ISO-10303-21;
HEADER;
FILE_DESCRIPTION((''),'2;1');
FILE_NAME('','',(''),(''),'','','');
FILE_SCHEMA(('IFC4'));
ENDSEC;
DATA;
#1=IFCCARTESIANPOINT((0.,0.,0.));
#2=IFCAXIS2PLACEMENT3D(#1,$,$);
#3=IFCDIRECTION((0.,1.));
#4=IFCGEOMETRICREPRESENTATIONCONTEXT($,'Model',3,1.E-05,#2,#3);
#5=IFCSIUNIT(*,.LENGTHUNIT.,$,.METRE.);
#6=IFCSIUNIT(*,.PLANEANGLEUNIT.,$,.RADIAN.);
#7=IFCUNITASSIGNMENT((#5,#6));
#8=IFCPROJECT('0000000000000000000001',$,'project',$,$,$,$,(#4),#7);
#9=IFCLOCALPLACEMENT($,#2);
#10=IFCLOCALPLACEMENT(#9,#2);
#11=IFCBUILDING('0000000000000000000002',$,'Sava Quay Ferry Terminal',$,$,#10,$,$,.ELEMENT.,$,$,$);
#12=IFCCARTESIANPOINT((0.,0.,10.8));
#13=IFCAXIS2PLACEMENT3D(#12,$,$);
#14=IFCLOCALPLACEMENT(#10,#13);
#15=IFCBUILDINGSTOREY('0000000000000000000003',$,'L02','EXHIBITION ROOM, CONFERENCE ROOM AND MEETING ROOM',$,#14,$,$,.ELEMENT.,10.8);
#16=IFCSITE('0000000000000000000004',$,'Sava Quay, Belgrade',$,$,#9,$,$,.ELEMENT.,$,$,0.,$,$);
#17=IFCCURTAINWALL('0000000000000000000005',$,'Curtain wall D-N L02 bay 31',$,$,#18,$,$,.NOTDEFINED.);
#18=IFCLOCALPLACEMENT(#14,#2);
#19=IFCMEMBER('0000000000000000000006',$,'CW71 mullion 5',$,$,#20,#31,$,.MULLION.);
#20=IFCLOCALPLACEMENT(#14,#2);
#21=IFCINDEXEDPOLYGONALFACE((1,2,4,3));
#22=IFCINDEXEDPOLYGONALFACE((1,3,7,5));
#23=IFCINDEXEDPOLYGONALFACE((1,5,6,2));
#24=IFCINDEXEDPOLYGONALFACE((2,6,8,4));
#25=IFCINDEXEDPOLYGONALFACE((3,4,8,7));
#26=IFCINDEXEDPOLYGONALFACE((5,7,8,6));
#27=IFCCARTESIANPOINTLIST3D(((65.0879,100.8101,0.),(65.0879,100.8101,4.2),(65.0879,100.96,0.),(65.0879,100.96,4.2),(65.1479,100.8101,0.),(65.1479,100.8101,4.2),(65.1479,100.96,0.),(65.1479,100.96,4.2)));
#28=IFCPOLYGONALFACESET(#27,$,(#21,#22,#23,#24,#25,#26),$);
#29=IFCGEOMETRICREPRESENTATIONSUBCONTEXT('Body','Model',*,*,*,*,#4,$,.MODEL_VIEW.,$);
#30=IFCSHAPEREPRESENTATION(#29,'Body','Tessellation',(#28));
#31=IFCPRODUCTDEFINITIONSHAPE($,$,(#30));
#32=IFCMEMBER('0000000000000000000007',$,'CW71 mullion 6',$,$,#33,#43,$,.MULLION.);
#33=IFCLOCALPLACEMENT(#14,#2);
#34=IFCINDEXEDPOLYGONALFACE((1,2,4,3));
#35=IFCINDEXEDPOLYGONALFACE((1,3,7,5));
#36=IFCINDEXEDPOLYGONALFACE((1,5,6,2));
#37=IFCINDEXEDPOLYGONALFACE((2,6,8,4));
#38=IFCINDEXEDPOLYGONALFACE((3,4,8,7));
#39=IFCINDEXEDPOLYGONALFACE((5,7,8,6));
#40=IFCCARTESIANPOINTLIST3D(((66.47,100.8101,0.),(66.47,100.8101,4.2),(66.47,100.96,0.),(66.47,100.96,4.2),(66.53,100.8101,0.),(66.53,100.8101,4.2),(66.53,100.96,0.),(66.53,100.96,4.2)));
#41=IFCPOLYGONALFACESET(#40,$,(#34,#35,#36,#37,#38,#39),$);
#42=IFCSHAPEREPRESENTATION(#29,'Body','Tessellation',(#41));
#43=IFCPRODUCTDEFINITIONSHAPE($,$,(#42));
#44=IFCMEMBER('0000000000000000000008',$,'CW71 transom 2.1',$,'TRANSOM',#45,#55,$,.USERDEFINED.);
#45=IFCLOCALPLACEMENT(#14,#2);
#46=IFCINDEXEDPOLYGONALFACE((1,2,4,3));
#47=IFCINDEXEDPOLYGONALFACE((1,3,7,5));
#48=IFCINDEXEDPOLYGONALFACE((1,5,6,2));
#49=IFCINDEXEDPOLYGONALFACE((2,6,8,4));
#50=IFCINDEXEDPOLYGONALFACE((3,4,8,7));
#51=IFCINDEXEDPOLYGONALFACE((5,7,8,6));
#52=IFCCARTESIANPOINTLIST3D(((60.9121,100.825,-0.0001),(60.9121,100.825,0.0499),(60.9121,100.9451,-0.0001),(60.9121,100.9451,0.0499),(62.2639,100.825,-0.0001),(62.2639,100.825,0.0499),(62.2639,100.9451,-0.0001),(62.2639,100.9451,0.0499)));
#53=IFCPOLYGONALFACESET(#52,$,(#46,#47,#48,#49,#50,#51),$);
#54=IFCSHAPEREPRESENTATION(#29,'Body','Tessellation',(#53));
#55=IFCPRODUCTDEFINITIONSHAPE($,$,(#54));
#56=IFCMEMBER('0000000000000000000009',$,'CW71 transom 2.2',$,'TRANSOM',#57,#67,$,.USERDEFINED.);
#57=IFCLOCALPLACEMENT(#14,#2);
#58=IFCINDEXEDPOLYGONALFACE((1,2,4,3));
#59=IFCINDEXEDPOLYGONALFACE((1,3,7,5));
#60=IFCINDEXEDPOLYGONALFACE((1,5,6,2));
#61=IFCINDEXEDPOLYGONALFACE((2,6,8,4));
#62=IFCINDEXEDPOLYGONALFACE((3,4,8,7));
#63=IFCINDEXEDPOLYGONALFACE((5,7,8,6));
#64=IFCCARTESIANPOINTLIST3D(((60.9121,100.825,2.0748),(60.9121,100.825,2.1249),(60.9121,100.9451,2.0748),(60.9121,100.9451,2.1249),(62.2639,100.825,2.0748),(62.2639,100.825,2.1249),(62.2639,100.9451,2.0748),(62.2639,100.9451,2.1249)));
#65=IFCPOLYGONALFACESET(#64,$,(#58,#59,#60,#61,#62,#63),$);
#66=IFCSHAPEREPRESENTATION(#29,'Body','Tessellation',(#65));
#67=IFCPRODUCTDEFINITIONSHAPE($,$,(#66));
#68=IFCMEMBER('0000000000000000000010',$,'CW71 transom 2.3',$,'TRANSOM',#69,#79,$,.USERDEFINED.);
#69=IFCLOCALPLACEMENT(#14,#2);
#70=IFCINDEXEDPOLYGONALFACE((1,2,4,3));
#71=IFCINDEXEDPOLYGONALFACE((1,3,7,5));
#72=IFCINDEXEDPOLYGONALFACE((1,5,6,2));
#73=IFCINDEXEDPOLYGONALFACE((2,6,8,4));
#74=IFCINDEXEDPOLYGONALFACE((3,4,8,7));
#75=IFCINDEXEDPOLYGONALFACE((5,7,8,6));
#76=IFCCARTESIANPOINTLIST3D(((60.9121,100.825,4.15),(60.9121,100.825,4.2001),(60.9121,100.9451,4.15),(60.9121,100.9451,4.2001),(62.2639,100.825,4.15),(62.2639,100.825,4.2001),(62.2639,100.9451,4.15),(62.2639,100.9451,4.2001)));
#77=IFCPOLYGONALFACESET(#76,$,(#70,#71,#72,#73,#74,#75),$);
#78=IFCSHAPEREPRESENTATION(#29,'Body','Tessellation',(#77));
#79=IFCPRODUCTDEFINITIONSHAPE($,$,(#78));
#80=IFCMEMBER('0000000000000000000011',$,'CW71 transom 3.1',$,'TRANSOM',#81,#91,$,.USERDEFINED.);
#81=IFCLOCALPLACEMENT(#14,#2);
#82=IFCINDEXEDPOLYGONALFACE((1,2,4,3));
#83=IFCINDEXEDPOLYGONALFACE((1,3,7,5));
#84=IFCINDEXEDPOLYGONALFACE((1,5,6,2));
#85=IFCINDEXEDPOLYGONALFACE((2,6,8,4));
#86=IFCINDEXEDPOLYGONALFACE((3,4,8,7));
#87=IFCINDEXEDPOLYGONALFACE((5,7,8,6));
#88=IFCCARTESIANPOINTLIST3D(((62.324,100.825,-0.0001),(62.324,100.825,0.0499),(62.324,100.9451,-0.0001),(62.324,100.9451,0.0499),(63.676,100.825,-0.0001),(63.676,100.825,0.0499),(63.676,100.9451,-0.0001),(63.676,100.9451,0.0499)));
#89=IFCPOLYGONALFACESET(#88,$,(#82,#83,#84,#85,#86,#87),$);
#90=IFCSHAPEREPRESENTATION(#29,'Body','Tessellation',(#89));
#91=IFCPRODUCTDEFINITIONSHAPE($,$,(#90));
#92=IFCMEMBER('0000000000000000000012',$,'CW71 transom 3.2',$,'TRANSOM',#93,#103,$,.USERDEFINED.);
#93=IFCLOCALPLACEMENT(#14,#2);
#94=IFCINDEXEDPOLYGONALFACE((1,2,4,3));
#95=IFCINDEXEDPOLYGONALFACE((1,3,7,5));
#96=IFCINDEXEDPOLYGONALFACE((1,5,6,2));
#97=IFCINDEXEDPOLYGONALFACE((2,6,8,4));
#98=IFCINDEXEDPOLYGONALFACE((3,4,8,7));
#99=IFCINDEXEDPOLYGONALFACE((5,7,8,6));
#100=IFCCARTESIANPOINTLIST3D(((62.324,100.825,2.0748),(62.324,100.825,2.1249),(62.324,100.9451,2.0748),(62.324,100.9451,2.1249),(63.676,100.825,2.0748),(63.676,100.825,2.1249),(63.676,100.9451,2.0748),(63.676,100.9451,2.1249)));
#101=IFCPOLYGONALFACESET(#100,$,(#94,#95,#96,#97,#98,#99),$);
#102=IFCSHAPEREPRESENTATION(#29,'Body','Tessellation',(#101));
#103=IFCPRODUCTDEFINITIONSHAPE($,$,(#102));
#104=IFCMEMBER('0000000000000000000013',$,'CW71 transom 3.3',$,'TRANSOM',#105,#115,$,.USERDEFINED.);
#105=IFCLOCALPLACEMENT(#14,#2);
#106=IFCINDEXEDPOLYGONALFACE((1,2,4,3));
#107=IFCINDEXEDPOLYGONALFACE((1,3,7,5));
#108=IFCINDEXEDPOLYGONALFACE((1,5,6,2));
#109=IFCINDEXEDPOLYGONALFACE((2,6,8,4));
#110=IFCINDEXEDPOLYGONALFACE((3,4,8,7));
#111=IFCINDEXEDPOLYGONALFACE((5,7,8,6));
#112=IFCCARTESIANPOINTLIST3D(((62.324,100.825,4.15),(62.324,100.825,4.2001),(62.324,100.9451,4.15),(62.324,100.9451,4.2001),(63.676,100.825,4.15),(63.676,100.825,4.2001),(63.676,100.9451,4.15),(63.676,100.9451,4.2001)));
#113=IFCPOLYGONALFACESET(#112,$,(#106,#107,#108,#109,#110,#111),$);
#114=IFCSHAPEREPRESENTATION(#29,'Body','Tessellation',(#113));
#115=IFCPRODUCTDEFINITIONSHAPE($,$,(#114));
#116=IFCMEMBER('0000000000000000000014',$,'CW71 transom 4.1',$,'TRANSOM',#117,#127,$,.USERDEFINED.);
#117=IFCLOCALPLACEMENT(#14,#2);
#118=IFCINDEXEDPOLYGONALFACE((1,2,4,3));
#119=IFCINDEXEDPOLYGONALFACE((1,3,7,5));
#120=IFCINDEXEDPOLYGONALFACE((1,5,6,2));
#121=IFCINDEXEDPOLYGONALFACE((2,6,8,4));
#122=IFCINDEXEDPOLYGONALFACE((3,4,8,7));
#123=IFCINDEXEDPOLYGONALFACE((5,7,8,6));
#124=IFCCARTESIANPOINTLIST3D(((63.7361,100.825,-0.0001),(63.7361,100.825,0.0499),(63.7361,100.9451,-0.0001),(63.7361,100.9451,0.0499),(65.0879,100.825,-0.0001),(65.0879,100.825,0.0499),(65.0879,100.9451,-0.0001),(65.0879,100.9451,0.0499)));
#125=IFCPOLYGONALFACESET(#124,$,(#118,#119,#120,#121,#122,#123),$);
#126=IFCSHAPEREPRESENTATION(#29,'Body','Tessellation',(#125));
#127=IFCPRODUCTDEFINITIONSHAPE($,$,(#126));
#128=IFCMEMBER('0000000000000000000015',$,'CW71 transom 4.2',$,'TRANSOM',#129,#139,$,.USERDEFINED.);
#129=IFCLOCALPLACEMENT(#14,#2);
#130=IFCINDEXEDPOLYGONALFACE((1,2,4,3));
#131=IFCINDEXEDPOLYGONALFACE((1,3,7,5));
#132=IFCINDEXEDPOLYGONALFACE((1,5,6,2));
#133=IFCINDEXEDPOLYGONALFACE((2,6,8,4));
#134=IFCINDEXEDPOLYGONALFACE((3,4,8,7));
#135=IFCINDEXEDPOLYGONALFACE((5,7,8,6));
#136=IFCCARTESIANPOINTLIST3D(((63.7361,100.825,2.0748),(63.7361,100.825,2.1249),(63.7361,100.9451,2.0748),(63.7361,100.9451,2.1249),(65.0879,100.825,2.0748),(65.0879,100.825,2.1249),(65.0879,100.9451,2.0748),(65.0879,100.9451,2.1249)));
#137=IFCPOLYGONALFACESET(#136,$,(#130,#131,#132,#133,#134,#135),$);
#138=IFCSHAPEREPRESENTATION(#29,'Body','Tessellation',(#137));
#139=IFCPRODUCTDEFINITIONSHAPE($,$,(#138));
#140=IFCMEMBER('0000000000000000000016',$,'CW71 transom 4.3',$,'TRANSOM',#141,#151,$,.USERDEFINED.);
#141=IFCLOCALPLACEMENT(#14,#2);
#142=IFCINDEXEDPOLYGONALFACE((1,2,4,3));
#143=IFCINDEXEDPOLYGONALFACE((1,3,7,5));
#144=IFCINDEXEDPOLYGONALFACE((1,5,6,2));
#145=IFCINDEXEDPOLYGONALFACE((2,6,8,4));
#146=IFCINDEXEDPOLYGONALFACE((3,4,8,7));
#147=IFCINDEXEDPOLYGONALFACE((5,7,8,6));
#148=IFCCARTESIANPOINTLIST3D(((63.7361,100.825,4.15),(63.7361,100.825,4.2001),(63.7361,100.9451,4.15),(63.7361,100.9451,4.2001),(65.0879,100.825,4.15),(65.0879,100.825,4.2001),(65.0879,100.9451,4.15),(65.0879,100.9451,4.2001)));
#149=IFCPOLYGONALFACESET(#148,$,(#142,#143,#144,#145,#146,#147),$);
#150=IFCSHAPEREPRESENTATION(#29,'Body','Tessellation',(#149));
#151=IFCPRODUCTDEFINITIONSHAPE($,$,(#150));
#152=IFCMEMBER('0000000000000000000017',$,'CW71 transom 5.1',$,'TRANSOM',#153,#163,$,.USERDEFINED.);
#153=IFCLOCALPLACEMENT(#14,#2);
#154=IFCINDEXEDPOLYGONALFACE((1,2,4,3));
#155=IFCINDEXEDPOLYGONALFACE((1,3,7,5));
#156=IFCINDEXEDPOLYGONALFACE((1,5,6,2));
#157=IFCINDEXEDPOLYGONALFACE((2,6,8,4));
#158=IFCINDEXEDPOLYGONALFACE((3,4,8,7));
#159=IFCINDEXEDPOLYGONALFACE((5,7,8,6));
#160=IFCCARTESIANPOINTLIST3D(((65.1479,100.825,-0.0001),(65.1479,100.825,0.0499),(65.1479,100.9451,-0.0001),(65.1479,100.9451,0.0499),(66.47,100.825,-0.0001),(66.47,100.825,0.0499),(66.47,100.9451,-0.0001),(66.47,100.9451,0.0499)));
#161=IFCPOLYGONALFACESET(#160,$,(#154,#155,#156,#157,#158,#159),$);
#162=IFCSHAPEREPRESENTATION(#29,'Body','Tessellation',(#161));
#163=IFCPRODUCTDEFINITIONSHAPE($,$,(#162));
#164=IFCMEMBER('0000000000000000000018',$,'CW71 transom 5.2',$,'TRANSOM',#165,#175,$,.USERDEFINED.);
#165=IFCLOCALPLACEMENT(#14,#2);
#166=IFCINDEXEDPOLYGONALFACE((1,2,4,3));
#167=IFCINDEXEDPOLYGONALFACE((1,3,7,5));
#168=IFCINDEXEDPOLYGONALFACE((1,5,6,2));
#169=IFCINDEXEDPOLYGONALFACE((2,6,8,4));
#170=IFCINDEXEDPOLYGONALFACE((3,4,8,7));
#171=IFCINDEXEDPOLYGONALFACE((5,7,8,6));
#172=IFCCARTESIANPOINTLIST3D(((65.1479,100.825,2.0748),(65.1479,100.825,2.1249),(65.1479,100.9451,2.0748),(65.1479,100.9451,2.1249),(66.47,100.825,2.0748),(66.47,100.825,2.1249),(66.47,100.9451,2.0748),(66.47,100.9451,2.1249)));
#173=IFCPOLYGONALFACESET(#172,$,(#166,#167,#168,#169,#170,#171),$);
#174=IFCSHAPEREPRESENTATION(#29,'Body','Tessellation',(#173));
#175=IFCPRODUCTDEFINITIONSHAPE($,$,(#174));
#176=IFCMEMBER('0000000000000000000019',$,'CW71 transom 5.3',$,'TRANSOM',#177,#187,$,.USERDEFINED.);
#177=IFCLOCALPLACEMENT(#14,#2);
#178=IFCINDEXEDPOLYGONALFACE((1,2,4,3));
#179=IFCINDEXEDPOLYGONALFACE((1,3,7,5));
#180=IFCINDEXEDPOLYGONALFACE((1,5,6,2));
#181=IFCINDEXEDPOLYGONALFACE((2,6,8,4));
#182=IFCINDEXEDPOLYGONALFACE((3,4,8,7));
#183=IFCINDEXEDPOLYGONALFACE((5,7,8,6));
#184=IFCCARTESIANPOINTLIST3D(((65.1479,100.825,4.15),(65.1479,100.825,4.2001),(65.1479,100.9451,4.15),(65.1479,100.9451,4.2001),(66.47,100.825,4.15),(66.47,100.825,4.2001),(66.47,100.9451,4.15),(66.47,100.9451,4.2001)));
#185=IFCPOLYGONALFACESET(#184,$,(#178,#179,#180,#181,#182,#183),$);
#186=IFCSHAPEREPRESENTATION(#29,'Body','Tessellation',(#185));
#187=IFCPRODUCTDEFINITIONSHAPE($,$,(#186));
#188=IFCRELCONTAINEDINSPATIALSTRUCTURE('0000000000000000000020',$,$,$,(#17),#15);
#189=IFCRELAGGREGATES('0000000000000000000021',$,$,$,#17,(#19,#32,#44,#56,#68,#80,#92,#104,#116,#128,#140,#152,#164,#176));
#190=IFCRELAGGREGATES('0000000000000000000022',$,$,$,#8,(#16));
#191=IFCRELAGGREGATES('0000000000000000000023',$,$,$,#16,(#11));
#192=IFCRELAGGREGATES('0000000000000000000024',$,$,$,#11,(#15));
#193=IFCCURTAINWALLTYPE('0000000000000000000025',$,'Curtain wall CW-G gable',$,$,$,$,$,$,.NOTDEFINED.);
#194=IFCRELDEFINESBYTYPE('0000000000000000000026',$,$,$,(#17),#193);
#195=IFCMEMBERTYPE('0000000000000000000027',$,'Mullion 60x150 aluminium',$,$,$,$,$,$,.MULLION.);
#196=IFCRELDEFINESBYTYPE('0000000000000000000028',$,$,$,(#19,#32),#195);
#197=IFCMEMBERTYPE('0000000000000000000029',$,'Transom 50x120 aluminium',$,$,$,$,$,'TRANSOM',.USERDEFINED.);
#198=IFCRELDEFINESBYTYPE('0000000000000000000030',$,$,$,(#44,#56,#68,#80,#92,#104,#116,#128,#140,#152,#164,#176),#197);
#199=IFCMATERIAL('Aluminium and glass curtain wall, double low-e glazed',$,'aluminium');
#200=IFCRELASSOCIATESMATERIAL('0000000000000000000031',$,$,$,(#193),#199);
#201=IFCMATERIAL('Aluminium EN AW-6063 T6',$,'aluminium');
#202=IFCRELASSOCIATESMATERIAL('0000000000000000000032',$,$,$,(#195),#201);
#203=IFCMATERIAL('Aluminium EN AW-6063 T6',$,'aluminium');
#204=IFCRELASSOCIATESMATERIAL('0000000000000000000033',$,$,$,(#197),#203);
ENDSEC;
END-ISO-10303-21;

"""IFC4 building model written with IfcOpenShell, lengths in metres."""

from ifc_helpers import new_model, si_unit, direction, frame, origin, origin_2d, place, context, subcontext, project, spatial, rectangle, extrude, material, material_profile, profile_set, type_object, element, aggregate, save


model = new_model("IFC4")

# Units and contexts
model_context = context("Model", 3, precision=1e-05, world=origin(), true_north=direction((0.0, 1.0)))
body_context = subcontext(model_context, "Body", "Model", "MODEL_VIEW")
ifc_project = project(units=[si_unit("LENGTHUNIT", "METRE"), si_unit("PLANEANGLEUNIT", "RADIAN")], contexts=[model_context])

# Site, building, storey
site_placement = place(None, origin())
site = spatial("IfcSite", under=ifc_project, at=site_placement, Name="Sava Quay, Belgrade", CompositionType="ELEMENT", RefElevation=0.0)
building_placement = place(site_placement, origin())
building = spatial("IfcBuilding", under=site, at=building_placement, Name="Sava Quay Ferry Terminal", CompositionType="ELEMENT")
storey_placement = place(building_placement, frame((0.0, 0.0, 10.8)))
storey = spatial("IfcBuildingStorey", under=building, at=storey_placement, Name="L02", Description="EXHIBITION ROOM, CONFERENCE ROOM AND MEETING ROOM", CompositionType="ELEMENT", Elevation=10.8)

# Curtain wall, members
ifc_material_1 = material(Name="Aluminium and glass curtain wall, double low-e glazed", Category="aluminium")
curtain_wall_type = type_object("IfcCurtainWallType", Name="Curtain wall CW-G gable", PredefinedType="NOTDEFINED", material=ifc_material_1)
curtain_wall_placement = place(storey_placement, origin())
curtain_wall = element("IfcCurtainWall", 1, at=curtain_wall_placement, inside=storey, type_object=curtain_wall_type, Name="Curtain wall D-N L02 bay 31", PredefinedType="NOTDEFINED")
ifc_material_2 = material(Name="Aluminium EN AW-6063 T6", Category="aluminium")
ifc_material_profile_1 = material_profile(ifc_material_2, rectangle(XDim=0.1499, YDim=0.0601, at=origin_2d()), Name="Mullion 60x150 aluminium")
ifc_profile_set_1 = profile_set([ifc_material_profile_1], Name="Aluminium EN AW-6063 T6")
member_type_1 = type_object("IfcMemberType", Name="Mullion 60x150 aluminium", PredefinedType="MULLION", material=ifc_profile_set_1)
member_1_placement = place(storey_placement, frame((65.1179, 100.885, 0.0), z_axis=(0.0, 0.0, 1.0), x_axis=(0.0, 1.0, 0.0)))
member_1 = element("IfcMember", 2, at=member_1_placement, type_object=member_type_1, Name="CW71 mullion 5", PredefinedType="MULLION", context=body_context, shape_type="SweptSolid", body=[
    extrude(rectangle(XDim=0.1499, YDim=0.0601, at=origin_2d()), origin(), (0.0, 0.0, 1.0), 4.2),
])
member_2_placement = place(storey_placement, frame((66.5, 100.885, 0.0), z_axis=(0.0, 0.0, 1.0), x_axis=(0.0, 1.0, 0.0)))
member_2 = element("IfcMember", 3, at=member_2_placement, type_object=member_type_1, Name="CW71 mullion 6", PredefinedType="MULLION", context=body_context, shape_type="SweptSolid", body=[
    extrude(rectangle(XDim=0.1499, YDim=0.0601, at=origin_2d()), origin(), (0.0, 0.0, 1.0), 4.2),
])
ifc_material_3 = material(Name="Aluminium EN AW-6063 T6", Category="aluminium")
ifc_material_profile_2 = material_profile(ifc_material_3, rectangle(XDim=0.1201, YDim=0.05, at=origin_2d()), Name="Transom 50x120 aluminium")
ifc_profile_set_2 = profile_set([ifc_material_profile_2], Name="Aluminium EN AW-6063 T6")
member_type_2 = type_object("IfcMemberType", Name="Transom 50x120 aluminium", ElementType="TRANSOM", PredefinedType="USERDEFINED", material=ifc_profile_set_2)
member_3_placement = place(storey_placement, frame((60.9121, 100.885, 0.0249), z_axis=(1.0, 0.0, 0.0), x_axis=(0.0, 1.0, 0.0)))
member_3 = element("IfcMember", 4, at=member_3_placement, type_object=member_type_2, Name="CW71 transom 2.1", ObjectType="TRANSOM", PredefinedType="USERDEFINED", context=body_context, shape_type="SweptSolid", body=[
    extrude(rectangle(XDim=0.1201, YDim=0.05, at=origin_2d()), origin(), (0.0, 0.0, 1.0), 1.3518),
])
member_4_placement = place(storey_placement, frame((60.9121, 100.885, 2.0999), z_axis=(1.0, 0.0, 0.0), x_axis=(0.0, 1.0, 0.0)))
member_4 = element("IfcMember", 5, at=member_4_placement, type_object=member_type_2, Name="CW71 transom 2.2", ObjectType="TRANSOM", PredefinedType="USERDEFINED", context=body_context, shape_type="SweptSolid", body=[
    extrude(rectangle(XDim=0.1201, YDim=0.05, at=origin_2d()), origin(), (0.0, 0.0, 1.0), 1.3518),
])
member_5_placement = place(storey_placement, frame((60.9121, 100.885, 4.175), z_axis=(1.0, 0.0, 0.0), x_axis=(0.0, 1.0, 0.0)))
member_5 = element("IfcMember", 6, at=member_5_placement, type_object=member_type_2, Name="CW71 transom 2.3", ObjectType="TRANSOM", PredefinedType="USERDEFINED", context=body_context, shape_type="SweptSolid", body=[
    extrude(rectangle(XDim=0.1201, YDim=0.05, at=origin_2d()), origin(), (0.0, 0.0, 1.0), 1.3518),
])
member_6_placement = place(storey_placement, frame((62.324, 100.885, 0.0249), z_axis=(1.0, 0.0, 0.0), x_axis=(0.0, 1.0, 0.0)))
member_6 = element("IfcMember", 7, at=member_6_placement, type_object=member_type_2, Name="CW71 transom 3.1", ObjectType="TRANSOM", PredefinedType="USERDEFINED", context=body_context, shape_type="SweptSolid", body=[
    extrude(rectangle(XDim=0.1201, YDim=0.05, at=origin_2d()), origin(), (0.0, 0.0, 1.0), 1.3521),
])
member_7_placement = place(storey_placement, frame((62.324, 100.885, 2.0999), z_axis=(1.0, 0.0, 0.0), x_axis=(0.0, 1.0, 0.0)))
member_7 = element("IfcMember", 8, at=member_7_placement, type_object=member_type_2, Name="CW71 transom 3.2", ObjectType="TRANSOM", PredefinedType="USERDEFINED", context=body_context, shape_type="SweptSolid", body=[
    extrude(rectangle(XDim=0.1201, YDim=0.05, at=origin_2d()), origin(), (0.0, 0.0, 1.0), 1.3521),
])
member_8_placement = place(storey_placement, frame((62.324, 100.885, 4.175), z_axis=(1.0, 0.0, 0.0), x_axis=(0.0, 1.0, 0.0)))
member_8 = element("IfcMember", 9, at=member_8_placement, type_object=member_type_2, Name="CW71 transom 3.3", ObjectType="TRANSOM", PredefinedType="USERDEFINED", context=body_context, shape_type="SweptSolid", body=[
    extrude(rectangle(XDim=0.1201, YDim=0.05, at=origin_2d()), origin(), (0.0, 0.0, 1.0), 1.3521),
])
member_9_placement = place(storey_placement, frame((63.7361, 100.885, 0.0249), z_axis=(1.0, 0.0, 0.0), x_axis=(0.0, 1.0, 0.0)))
member_9 = element("IfcMember", 10, at=member_9_placement, type_object=member_type_2, Name="CW71 transom 4.1", ObjectType="TRANSOM", PredefinedType="USERDEFINED", context=body_context, shape_type="SweptSolid", body=[
    extrude(rectangle(XDim=0.1201, YDim=0.05, at=origin_2d()), origin(), (0.0, 0.0, 1.0), 1.3518),
])
member_10_placement = place(storey_placement, frame((63.7361, 100.885, 2.0999), z_axis=(1.0, 0.0, 0.0), x_axis=(0.0, 1.0, 0.0)))
member_10 = element("IfcMember", 11, at=member_10_placement, type_object=member_type_2, Name="CW71 transom 4.2", ObjectType="TRANSOM", PredefinedType="USERDEFINED", context=body_context, shape_type="SweptSolid", body=[
    extrude(rectangle(XDim=0.1201, YDim=0.05, at=origin_2d()), origin(), (0.0, 0.0, 1.0), 1.3518),
])
member_11_placement = place(storey_placement, frame((63.7361, 100.885, 4.175), z_axis=(1.0, 0.0, 0.0), x_axis=(0.0, 1.0, 0.0)))
member_11 = element("IfcMember", 12, at=member_11_placement, type_object=member_type_2, Name="CW71 transom 4.3", ObjectType="TRANSOM", PredefinedType="USERDEFINED", context=body_context, shape_type="SweptSolid", body=[
    extrude(rectangle(XDim=0.1201, YDim=0.05, at=origin_2d()), origin(), (0.0, 0.0, 1.0), 1.3518),
])
member_12_placement = place(storey_placement, frame((65.1479, 100.885, 0.0249), z_axis=(1.0, 0.0, 0.0), x_axis=(0.0, 1.0, 0.0)))
member_12 = element("IfcMember", 13, at=member_12_placement, type_object=member_type_2, Name="CW71 transom 5.1", ObjectType="TRANSOM", PredefinedType="USERDEFINED", context=body_context, shape_type="SweptSolid", body=[
    extrude(rectangle(XDim=0.1201, YDim=0.05, at=origin_2d()), origin(), (0.0, 0.0, 1.0), 1.322),
])
member_13_placement = place(storey_placement, frame((65.1479, 100.885, 2.0999), z_axis=(1.0, 0.0, 0.0), x_axis=(0.0, 1.0, 0.0)))
member_13 = element("IfcMember", 14, at=member_13_placement, type_object=member_type_2, Name="CW71 transom 5.2", ObjectType="TRANSOM", PredefinedType="USERDEFINED", context=body_context, shape_type="SweptSolid", body=[
    extrude(rectangle(XDim=0.1201, YDim=0.05, at=origin_2d()), origin(), (0.0, 0.0, 1.0), 1.322),
])
member_14_placement = place(storey_placement, frame((65.1479, 100.885, 4.175), z_axis=(1.0, 0.0, 0.0), x_axis=(0.0, 1.0, 0.0)))
member_14 = element("IfcMember", 15, at=member_14_placement, type_object=member_type_2, Name="CW71 transom 5.3", ObjectType="TRANSOM", PredefinedType="USERDEFINED", context=body_context, shape_type="SweptSolid", body=[
    extrude(rectangle(XDim=0.1201, YDim=0.05, at=origin_2d()), origin(), (0.0, 0.0, 1.0), 1.322),
])
aggregate(curtain_wall, [member_1, member_2, member_3, member_4, member_5, member_6, member_7, member_8, member_9, member_10, member_11, member_12, member_13, member_14])

save(model, "model.ifc")
